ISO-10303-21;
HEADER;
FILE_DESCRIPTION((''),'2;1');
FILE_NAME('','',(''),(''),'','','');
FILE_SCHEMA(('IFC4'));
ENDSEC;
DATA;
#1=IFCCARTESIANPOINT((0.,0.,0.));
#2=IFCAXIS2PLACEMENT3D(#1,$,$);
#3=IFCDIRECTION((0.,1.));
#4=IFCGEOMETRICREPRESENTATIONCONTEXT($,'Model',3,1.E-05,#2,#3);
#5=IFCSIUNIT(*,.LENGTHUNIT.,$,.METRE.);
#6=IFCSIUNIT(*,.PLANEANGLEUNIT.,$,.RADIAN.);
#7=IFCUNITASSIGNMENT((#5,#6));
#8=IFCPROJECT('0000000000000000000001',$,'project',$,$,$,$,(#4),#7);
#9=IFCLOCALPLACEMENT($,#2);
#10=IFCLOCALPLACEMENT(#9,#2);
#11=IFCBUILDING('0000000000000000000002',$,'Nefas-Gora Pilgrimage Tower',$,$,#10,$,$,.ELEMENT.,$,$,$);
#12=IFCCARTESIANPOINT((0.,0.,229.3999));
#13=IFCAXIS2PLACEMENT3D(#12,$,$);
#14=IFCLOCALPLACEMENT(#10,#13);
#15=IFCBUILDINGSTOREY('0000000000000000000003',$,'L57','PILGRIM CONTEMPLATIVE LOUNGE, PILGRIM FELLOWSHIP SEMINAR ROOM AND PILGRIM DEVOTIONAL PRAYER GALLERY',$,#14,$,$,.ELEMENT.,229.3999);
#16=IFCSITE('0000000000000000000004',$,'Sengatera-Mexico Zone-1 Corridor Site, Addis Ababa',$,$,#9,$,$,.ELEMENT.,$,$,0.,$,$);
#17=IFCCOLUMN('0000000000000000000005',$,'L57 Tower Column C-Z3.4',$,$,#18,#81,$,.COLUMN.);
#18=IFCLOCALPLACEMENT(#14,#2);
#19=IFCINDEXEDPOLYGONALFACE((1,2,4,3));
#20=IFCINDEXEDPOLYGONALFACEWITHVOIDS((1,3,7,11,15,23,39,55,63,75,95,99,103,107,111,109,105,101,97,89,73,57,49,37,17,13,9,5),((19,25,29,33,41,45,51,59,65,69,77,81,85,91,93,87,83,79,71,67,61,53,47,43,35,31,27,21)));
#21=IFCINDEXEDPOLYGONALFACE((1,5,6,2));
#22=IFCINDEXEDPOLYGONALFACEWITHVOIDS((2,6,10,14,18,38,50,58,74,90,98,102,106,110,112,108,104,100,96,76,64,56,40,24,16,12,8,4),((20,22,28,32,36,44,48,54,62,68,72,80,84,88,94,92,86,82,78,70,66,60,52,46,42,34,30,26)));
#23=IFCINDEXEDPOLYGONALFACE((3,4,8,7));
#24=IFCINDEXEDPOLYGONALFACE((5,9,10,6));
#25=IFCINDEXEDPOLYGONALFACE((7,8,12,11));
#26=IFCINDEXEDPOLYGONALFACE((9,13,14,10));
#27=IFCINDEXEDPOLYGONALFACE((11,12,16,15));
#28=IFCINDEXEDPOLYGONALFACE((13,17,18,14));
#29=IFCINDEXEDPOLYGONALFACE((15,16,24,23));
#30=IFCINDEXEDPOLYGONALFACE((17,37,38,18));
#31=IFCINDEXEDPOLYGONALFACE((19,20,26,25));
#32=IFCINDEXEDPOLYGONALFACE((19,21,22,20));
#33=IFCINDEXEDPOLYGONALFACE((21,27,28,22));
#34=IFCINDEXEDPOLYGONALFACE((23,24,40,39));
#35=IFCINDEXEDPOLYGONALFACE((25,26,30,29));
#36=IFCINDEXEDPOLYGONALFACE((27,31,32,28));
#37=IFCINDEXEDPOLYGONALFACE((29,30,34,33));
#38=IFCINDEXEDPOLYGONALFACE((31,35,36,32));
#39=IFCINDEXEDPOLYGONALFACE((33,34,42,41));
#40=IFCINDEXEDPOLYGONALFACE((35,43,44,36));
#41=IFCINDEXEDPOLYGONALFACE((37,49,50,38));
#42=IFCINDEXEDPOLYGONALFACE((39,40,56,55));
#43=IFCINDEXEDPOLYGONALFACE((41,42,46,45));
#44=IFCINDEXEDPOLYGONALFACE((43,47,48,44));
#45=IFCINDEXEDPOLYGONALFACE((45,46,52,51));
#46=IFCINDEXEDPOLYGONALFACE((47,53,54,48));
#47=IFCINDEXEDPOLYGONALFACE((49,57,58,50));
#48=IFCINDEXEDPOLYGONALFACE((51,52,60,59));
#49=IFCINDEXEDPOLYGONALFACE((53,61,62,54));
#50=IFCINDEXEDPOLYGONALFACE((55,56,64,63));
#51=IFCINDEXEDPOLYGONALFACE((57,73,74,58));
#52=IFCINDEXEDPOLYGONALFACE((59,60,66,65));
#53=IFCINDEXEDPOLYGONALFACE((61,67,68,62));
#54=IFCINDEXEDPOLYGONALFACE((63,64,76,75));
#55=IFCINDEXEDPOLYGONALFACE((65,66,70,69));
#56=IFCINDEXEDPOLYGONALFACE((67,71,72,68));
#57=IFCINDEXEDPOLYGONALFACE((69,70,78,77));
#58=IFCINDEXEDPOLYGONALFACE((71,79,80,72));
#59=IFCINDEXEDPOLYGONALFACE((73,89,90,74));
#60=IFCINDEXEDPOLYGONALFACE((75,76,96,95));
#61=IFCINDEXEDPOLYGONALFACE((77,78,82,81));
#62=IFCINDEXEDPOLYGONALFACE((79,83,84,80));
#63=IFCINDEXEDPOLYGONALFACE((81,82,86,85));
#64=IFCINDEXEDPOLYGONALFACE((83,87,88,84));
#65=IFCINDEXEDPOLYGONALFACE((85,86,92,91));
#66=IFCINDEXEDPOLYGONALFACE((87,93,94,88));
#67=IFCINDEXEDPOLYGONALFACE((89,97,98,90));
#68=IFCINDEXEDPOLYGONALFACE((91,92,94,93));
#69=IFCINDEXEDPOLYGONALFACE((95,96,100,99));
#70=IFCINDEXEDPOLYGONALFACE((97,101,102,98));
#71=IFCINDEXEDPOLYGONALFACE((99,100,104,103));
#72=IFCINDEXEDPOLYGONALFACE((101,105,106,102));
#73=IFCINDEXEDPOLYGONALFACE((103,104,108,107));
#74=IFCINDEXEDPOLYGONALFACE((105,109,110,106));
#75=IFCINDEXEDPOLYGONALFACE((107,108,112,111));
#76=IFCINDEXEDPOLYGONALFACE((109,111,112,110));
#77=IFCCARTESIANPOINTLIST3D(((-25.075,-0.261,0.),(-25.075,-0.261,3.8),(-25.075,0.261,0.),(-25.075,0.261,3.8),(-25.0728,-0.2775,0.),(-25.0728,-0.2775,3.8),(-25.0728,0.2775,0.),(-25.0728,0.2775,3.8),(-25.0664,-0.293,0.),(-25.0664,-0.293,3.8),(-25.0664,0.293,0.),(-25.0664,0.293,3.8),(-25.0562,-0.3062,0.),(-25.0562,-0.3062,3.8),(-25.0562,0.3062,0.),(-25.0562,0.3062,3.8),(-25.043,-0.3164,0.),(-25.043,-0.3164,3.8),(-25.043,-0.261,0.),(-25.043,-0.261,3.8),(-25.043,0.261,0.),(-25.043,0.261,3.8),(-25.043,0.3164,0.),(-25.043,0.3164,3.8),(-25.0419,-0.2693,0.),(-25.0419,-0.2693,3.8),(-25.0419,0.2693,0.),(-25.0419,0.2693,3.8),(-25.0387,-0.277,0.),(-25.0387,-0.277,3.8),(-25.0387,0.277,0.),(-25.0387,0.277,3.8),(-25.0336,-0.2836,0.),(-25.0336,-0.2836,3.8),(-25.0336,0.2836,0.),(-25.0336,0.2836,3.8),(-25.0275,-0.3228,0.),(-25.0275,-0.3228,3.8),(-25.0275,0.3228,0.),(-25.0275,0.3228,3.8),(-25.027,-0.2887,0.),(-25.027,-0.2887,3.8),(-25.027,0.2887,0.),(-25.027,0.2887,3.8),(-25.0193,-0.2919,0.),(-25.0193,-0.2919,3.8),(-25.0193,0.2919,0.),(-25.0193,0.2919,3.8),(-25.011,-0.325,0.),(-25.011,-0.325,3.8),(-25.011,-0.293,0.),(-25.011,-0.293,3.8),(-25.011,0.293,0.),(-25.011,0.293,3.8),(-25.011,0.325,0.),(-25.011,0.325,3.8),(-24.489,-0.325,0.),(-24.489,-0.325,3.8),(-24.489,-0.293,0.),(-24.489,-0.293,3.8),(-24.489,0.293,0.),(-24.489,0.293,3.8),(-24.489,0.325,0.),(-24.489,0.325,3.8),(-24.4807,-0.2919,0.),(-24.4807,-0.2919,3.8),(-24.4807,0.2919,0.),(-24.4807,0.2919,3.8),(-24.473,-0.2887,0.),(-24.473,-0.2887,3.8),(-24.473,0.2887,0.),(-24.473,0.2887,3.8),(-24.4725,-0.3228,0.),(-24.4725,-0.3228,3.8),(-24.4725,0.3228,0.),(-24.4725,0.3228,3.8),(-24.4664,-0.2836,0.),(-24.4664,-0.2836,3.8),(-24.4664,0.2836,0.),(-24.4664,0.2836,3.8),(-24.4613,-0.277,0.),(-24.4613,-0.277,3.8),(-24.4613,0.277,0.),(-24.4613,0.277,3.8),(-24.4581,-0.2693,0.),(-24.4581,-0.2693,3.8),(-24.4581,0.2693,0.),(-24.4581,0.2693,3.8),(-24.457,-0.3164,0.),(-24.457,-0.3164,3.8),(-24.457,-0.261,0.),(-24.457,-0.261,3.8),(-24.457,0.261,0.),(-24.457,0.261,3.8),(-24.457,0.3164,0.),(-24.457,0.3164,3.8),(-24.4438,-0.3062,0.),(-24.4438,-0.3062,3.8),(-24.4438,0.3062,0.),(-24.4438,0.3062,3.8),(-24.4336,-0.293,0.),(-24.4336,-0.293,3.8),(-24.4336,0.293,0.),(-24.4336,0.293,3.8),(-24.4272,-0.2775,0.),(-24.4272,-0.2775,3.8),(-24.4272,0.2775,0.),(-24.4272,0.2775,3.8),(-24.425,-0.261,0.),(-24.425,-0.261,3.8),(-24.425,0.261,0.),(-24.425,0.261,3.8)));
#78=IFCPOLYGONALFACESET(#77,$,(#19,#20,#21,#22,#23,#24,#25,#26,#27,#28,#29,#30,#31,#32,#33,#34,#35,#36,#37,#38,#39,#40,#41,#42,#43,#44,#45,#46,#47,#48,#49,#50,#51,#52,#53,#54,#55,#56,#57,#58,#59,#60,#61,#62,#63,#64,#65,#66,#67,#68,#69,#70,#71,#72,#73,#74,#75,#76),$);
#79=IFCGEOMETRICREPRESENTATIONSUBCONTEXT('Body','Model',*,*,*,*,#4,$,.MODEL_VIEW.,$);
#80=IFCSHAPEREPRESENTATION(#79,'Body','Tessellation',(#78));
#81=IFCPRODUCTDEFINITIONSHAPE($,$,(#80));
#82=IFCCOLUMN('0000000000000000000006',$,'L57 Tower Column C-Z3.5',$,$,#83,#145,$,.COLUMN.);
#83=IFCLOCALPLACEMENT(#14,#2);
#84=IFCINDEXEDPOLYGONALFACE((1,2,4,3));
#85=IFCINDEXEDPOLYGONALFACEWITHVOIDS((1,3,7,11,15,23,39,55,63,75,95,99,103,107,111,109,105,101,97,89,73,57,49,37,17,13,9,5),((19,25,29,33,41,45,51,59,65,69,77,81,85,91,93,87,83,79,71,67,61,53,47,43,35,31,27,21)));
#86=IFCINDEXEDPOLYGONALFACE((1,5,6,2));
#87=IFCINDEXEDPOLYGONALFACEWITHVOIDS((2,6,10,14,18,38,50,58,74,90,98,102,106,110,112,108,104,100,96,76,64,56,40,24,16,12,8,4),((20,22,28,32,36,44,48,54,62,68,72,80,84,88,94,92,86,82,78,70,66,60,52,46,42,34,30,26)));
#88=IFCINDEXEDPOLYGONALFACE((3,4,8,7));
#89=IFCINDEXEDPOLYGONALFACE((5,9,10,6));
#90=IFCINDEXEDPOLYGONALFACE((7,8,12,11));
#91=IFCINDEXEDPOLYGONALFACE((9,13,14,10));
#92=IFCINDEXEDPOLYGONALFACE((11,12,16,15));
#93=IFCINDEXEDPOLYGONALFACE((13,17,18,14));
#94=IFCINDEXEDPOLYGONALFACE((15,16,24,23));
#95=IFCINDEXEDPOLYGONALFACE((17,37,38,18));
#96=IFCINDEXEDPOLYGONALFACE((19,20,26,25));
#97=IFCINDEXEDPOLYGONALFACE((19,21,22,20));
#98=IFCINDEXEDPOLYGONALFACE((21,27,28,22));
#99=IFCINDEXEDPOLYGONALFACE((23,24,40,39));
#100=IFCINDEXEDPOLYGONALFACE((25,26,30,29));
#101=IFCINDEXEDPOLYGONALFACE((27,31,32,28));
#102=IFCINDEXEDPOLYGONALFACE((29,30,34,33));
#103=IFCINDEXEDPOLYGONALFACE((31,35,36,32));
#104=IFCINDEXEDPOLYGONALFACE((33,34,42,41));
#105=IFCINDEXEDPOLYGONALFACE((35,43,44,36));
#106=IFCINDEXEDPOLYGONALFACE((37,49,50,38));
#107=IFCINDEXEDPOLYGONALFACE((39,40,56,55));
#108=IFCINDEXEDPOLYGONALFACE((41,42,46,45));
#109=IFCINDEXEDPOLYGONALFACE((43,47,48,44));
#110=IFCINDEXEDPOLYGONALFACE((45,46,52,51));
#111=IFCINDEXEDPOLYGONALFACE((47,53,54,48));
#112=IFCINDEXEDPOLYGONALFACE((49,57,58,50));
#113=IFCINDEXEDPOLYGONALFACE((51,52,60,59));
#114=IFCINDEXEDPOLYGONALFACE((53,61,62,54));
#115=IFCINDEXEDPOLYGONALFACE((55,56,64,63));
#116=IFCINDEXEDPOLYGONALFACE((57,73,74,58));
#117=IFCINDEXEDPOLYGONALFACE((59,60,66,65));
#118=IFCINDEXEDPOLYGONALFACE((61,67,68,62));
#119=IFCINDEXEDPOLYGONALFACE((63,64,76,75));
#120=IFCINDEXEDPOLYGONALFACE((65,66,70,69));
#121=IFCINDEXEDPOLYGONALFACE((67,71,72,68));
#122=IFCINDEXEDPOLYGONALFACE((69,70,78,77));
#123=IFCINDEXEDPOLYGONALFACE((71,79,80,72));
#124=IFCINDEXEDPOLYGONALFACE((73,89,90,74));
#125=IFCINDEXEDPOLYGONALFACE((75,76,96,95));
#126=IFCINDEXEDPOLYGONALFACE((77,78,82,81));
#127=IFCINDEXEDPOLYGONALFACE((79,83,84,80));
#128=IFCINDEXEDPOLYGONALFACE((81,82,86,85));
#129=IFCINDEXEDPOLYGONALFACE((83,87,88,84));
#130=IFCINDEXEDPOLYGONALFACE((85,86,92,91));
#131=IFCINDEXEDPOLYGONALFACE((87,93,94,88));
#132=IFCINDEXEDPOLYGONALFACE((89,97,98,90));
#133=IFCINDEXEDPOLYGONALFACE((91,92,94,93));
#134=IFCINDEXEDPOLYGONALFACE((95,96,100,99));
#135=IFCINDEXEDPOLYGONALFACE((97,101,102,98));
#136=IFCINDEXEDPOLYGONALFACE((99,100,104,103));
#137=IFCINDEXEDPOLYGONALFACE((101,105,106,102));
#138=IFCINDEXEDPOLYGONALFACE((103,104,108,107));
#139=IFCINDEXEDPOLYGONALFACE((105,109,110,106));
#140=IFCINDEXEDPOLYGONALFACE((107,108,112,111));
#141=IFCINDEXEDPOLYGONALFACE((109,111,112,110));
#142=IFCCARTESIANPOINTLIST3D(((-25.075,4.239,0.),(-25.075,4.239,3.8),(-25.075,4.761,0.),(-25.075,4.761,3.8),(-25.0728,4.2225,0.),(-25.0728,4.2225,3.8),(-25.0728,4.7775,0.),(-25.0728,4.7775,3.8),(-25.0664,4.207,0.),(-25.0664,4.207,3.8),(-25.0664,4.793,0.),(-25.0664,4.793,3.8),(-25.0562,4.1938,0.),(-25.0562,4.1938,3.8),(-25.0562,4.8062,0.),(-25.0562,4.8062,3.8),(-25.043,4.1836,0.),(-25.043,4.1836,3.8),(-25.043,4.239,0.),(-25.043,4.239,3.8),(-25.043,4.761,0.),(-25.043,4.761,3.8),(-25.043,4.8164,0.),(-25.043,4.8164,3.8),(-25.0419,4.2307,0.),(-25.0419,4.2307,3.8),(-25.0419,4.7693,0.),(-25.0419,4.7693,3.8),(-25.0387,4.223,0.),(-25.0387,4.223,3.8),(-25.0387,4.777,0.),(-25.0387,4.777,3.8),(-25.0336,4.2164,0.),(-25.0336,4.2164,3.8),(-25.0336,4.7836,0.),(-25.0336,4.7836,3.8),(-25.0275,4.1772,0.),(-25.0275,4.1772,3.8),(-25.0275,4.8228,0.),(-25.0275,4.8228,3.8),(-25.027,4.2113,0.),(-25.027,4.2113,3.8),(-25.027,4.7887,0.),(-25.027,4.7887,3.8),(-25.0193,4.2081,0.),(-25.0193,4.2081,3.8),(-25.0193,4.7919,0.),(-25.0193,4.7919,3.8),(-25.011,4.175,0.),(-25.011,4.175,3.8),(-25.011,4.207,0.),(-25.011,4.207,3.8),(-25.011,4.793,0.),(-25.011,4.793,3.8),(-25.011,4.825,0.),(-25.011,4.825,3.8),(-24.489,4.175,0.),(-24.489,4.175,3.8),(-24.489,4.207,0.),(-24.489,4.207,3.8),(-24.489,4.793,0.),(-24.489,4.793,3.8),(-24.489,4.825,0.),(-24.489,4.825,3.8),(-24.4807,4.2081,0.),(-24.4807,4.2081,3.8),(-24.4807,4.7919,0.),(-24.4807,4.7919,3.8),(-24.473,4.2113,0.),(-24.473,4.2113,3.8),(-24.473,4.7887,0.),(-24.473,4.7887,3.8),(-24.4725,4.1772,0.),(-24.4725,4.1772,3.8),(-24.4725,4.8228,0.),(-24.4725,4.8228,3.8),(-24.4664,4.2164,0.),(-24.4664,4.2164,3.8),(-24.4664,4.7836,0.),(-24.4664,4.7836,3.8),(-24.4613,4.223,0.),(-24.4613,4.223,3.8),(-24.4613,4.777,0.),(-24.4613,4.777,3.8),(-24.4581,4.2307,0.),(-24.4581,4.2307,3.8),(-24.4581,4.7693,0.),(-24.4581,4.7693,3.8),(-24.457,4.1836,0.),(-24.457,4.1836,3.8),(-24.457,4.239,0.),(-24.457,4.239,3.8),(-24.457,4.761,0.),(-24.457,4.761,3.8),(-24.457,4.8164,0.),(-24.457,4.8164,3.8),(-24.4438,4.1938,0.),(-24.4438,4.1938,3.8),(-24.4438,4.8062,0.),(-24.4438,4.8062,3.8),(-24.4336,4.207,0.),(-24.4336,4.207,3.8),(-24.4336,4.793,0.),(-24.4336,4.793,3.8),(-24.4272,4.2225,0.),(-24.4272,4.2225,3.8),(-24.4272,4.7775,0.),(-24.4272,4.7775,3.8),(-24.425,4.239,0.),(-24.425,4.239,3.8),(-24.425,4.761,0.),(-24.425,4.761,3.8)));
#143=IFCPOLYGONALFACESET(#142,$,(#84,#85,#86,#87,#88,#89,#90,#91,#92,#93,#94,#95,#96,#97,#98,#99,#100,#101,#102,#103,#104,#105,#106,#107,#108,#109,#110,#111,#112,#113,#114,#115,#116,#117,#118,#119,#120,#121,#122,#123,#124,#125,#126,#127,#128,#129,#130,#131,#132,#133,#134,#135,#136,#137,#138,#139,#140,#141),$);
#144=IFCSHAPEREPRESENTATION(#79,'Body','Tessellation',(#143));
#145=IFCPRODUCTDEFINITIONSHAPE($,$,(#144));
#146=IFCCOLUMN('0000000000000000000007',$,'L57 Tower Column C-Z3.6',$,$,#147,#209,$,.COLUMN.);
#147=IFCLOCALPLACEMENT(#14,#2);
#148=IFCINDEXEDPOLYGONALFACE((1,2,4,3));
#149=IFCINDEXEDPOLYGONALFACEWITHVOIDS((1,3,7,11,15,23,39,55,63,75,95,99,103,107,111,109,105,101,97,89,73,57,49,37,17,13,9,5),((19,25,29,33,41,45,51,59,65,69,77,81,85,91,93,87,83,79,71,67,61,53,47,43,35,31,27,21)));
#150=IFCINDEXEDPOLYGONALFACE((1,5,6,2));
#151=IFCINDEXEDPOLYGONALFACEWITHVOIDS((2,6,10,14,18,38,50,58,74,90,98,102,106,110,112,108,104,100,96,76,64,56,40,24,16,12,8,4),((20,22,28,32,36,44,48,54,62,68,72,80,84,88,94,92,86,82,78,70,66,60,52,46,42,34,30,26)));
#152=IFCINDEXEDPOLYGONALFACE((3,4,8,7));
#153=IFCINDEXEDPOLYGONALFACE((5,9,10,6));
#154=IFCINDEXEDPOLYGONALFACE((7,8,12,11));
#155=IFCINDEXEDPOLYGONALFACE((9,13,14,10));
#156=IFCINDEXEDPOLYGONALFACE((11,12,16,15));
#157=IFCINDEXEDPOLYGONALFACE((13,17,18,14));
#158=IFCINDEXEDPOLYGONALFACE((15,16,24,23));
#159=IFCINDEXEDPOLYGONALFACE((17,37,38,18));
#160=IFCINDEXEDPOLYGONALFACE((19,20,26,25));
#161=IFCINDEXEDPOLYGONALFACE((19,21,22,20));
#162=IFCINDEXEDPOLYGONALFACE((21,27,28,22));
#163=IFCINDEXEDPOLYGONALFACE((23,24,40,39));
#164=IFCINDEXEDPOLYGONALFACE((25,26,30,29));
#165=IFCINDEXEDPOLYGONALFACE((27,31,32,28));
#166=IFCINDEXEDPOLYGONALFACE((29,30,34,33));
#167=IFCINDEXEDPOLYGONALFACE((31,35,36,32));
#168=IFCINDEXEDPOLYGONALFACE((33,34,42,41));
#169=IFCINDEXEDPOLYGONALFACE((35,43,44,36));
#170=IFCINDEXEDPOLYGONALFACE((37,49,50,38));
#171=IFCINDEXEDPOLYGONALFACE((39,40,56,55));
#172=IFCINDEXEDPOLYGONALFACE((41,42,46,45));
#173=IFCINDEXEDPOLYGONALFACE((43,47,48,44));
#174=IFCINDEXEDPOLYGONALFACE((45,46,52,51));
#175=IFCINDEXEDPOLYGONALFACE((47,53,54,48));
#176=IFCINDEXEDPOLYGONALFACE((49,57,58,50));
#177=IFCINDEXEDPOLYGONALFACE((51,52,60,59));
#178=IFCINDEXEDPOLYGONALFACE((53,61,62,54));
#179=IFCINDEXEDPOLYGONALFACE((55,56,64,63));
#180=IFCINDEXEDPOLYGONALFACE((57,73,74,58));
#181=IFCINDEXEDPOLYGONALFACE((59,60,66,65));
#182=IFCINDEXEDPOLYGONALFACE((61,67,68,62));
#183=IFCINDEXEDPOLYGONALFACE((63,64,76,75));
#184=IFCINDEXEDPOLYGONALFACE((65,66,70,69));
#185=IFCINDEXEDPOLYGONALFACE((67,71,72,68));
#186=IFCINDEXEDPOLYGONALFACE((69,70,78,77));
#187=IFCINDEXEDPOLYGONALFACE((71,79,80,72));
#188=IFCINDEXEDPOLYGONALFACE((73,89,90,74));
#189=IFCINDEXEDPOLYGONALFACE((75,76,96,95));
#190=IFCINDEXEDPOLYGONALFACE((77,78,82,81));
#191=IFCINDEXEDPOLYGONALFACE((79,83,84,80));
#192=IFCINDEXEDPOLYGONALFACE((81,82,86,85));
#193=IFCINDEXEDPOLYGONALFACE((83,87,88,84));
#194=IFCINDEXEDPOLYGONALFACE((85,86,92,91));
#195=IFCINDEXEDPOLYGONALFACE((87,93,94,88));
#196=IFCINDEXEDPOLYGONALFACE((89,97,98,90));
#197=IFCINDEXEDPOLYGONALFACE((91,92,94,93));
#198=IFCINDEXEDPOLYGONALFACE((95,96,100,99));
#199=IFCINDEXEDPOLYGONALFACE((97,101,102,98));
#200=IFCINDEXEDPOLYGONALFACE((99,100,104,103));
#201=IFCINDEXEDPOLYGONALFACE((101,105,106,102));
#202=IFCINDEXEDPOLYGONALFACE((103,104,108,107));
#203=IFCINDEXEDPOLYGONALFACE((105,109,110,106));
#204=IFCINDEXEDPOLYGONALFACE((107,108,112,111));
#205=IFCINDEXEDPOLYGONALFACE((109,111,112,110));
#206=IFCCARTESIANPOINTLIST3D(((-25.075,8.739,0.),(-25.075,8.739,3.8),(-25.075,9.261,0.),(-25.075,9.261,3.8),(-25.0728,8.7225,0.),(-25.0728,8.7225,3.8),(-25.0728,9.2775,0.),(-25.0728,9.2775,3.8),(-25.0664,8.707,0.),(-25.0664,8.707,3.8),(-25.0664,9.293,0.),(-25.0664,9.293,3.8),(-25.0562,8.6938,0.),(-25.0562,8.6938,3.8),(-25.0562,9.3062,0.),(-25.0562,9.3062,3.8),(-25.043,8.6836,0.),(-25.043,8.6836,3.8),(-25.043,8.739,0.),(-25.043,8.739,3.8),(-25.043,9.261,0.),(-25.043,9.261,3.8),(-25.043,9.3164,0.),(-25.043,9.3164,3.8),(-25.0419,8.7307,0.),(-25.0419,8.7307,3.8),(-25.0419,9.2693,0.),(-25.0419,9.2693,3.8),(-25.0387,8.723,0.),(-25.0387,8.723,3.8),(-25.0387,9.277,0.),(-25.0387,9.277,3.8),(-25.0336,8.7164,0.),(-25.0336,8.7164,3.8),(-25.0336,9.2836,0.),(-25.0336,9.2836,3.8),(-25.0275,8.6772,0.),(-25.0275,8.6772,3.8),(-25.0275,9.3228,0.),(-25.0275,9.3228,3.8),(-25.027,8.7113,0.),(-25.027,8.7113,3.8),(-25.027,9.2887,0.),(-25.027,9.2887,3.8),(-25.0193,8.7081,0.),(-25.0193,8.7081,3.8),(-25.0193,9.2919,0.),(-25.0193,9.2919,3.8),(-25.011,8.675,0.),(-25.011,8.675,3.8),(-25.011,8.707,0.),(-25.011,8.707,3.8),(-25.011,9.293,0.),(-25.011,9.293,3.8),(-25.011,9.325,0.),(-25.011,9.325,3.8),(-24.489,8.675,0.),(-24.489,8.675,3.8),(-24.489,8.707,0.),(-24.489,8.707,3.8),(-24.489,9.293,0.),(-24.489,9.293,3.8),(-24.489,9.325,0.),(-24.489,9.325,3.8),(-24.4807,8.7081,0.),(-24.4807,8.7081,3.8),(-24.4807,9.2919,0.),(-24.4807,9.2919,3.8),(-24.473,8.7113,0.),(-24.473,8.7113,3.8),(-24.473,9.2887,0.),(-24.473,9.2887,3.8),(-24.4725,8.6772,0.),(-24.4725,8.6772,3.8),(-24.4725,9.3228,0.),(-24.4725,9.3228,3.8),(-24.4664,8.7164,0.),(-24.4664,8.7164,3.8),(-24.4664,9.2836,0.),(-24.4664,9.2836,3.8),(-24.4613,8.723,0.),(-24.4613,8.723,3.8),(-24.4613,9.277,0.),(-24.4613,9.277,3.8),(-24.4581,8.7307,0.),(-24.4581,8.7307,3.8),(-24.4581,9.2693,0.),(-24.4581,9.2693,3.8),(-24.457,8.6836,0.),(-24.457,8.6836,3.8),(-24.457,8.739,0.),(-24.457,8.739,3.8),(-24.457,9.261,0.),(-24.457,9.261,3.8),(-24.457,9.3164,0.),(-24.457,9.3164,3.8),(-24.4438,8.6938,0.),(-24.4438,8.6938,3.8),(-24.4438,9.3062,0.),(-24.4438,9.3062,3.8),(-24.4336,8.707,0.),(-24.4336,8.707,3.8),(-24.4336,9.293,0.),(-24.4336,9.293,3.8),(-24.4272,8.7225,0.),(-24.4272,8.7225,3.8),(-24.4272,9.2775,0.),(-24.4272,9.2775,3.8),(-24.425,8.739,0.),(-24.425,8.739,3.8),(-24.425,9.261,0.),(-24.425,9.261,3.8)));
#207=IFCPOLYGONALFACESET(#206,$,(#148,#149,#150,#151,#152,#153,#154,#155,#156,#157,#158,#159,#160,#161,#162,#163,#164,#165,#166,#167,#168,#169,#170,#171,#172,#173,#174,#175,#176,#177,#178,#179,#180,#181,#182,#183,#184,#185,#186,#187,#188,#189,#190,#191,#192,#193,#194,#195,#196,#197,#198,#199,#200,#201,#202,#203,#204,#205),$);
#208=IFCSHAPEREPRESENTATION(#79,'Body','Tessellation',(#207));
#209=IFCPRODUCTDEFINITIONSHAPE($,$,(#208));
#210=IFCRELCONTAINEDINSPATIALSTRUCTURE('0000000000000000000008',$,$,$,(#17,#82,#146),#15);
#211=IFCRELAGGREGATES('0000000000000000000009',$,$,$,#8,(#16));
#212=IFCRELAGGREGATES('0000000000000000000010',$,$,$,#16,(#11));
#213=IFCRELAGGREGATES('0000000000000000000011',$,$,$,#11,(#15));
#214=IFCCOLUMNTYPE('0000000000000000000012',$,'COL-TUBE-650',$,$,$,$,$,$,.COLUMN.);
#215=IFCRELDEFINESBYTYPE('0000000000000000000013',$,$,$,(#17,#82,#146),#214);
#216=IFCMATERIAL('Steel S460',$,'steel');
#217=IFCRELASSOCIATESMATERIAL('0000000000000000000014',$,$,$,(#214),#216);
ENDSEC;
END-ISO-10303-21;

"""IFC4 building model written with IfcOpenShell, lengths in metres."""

from ifc_helpers import new_model, si_unit, direction, frame, origin, origin_2d, place, context, subcontext, project, spatial, hollow_rectangle, extrude, source, transform, mapped, material, material_profile, profile_set, type_object, element, save


model = new_model("IFC4")

# Units and contexts
model_context = context("Model", 3, precision=1e-05, world=origin(), true_north=direction((0.0, 1.0)))
body_context = subcontext(model_context, "Body", "Model", "MODEL_VIEW")
ifc_project = project(units=[si_unit("LENGTHUNIT", "METRE"), si_unit("PLANEANGLEUNIT", "RADIAN")], contexts=[model_context])

# Site, building, storey
site_placement = place(None, origin())
site = spatial("IfcSite", under=ifc_project, at=site_placement, Name="Sengatera-Mexico Zone-1 Corridor Site, Addis Ababa", CompositionType="ELEMENT", RefElevation=0.0)
building_placement = place(site_placement, origin())
building = spatial("IfcBuilding", under=site, at=building_placement, Name="Nefas-Gora Pilgrimage Tower", CompositionType="ELEMENT")
storey_placement = place(building_placement, frame((0.0, 0.0, 229.3999)))
storey = spatial("IfcBuildingStorey", under=building, at=storey_placement, Name="L57", Description="PILGRIM CONTEMPLATIVE LOUNGE, PILGRIM FELLOWSHIP SEMINAR ROOM AND PILGRIM DEVOTIONAL PRAYER GALLERY", CompositionType="ELEMENT", Elevation=229.3999)

# Columns
ifc_material_1 = material(Name="Steel S460", Category="steel")
ifc_material_profile_1 = material_profile(ifc_material_1, hollow_rectangle(XDim=0.6499, YDim=0.6499, WallThickness=0.032, InnerFilletRadius=0.032, OuterFilletRadius=0.064, at=origin_2d()), Name="BOX 650x650x32")
ifc_profile_set_1 = profile_set([ifc_material_profile_1], Name="Steel S460")
column_type_1 = type_object("IfcColumnType", Name="COL-TUBE-650", PredefinedType="COLUMN", material=ifc_profile_set_1)
shared_shape_1 = source(origin(), body_context, "Body", "SweptSolid", [
    extrude(hollow_rectangle(XDim=0.6499, YDim=0.6499, WallThickness=0.032, InnerFilletRadius=0.032, OuterFilletRadius=0.064, at=origin_2d()), origin(), (0.0, 0.0, 1.0), 3.8),
])
for number, where, z_axis, x_axis, name in (
    (1, (-24.75, 0.0, 0.0), (0.0, 0.0, 1.0), (1.0, 0.0, 0.0), "L57 Tower Column C-Z3.4"),
    (2, (-24.75, 4.5, 0.0), (0.0, 0.0, 1.0), (1.0, 0.0, 0.0), "L57 Tower Column C-Z3.5"),
    (3, (-24.75, 9.0, 0.0), (0.0, 0.0, 1.0), (1.0, 0.0, 0.0), "L57 Tower Column C-Z3.6"),
):
    element("IfcColumn", number, at=place(storey_placement, frame(where, z_axis=z_axis, x_axis=x_axis)), inside=storey, type_object=column_type_1, Name=name, PredefinedType="COLUMN", context=body_context, shape_type="MappedRepresentation", body=[
        mapped(shared_shape_1, transform((0.0, 0.0, 0.0), x_axis=(1.0, 0.0, 0.0), y_axis=(0.0, 1.0, 0.0), z_axis=(0.0, 0.0, 1.0), scale=1.0)),
    ])

save(model, "model.ifc")
